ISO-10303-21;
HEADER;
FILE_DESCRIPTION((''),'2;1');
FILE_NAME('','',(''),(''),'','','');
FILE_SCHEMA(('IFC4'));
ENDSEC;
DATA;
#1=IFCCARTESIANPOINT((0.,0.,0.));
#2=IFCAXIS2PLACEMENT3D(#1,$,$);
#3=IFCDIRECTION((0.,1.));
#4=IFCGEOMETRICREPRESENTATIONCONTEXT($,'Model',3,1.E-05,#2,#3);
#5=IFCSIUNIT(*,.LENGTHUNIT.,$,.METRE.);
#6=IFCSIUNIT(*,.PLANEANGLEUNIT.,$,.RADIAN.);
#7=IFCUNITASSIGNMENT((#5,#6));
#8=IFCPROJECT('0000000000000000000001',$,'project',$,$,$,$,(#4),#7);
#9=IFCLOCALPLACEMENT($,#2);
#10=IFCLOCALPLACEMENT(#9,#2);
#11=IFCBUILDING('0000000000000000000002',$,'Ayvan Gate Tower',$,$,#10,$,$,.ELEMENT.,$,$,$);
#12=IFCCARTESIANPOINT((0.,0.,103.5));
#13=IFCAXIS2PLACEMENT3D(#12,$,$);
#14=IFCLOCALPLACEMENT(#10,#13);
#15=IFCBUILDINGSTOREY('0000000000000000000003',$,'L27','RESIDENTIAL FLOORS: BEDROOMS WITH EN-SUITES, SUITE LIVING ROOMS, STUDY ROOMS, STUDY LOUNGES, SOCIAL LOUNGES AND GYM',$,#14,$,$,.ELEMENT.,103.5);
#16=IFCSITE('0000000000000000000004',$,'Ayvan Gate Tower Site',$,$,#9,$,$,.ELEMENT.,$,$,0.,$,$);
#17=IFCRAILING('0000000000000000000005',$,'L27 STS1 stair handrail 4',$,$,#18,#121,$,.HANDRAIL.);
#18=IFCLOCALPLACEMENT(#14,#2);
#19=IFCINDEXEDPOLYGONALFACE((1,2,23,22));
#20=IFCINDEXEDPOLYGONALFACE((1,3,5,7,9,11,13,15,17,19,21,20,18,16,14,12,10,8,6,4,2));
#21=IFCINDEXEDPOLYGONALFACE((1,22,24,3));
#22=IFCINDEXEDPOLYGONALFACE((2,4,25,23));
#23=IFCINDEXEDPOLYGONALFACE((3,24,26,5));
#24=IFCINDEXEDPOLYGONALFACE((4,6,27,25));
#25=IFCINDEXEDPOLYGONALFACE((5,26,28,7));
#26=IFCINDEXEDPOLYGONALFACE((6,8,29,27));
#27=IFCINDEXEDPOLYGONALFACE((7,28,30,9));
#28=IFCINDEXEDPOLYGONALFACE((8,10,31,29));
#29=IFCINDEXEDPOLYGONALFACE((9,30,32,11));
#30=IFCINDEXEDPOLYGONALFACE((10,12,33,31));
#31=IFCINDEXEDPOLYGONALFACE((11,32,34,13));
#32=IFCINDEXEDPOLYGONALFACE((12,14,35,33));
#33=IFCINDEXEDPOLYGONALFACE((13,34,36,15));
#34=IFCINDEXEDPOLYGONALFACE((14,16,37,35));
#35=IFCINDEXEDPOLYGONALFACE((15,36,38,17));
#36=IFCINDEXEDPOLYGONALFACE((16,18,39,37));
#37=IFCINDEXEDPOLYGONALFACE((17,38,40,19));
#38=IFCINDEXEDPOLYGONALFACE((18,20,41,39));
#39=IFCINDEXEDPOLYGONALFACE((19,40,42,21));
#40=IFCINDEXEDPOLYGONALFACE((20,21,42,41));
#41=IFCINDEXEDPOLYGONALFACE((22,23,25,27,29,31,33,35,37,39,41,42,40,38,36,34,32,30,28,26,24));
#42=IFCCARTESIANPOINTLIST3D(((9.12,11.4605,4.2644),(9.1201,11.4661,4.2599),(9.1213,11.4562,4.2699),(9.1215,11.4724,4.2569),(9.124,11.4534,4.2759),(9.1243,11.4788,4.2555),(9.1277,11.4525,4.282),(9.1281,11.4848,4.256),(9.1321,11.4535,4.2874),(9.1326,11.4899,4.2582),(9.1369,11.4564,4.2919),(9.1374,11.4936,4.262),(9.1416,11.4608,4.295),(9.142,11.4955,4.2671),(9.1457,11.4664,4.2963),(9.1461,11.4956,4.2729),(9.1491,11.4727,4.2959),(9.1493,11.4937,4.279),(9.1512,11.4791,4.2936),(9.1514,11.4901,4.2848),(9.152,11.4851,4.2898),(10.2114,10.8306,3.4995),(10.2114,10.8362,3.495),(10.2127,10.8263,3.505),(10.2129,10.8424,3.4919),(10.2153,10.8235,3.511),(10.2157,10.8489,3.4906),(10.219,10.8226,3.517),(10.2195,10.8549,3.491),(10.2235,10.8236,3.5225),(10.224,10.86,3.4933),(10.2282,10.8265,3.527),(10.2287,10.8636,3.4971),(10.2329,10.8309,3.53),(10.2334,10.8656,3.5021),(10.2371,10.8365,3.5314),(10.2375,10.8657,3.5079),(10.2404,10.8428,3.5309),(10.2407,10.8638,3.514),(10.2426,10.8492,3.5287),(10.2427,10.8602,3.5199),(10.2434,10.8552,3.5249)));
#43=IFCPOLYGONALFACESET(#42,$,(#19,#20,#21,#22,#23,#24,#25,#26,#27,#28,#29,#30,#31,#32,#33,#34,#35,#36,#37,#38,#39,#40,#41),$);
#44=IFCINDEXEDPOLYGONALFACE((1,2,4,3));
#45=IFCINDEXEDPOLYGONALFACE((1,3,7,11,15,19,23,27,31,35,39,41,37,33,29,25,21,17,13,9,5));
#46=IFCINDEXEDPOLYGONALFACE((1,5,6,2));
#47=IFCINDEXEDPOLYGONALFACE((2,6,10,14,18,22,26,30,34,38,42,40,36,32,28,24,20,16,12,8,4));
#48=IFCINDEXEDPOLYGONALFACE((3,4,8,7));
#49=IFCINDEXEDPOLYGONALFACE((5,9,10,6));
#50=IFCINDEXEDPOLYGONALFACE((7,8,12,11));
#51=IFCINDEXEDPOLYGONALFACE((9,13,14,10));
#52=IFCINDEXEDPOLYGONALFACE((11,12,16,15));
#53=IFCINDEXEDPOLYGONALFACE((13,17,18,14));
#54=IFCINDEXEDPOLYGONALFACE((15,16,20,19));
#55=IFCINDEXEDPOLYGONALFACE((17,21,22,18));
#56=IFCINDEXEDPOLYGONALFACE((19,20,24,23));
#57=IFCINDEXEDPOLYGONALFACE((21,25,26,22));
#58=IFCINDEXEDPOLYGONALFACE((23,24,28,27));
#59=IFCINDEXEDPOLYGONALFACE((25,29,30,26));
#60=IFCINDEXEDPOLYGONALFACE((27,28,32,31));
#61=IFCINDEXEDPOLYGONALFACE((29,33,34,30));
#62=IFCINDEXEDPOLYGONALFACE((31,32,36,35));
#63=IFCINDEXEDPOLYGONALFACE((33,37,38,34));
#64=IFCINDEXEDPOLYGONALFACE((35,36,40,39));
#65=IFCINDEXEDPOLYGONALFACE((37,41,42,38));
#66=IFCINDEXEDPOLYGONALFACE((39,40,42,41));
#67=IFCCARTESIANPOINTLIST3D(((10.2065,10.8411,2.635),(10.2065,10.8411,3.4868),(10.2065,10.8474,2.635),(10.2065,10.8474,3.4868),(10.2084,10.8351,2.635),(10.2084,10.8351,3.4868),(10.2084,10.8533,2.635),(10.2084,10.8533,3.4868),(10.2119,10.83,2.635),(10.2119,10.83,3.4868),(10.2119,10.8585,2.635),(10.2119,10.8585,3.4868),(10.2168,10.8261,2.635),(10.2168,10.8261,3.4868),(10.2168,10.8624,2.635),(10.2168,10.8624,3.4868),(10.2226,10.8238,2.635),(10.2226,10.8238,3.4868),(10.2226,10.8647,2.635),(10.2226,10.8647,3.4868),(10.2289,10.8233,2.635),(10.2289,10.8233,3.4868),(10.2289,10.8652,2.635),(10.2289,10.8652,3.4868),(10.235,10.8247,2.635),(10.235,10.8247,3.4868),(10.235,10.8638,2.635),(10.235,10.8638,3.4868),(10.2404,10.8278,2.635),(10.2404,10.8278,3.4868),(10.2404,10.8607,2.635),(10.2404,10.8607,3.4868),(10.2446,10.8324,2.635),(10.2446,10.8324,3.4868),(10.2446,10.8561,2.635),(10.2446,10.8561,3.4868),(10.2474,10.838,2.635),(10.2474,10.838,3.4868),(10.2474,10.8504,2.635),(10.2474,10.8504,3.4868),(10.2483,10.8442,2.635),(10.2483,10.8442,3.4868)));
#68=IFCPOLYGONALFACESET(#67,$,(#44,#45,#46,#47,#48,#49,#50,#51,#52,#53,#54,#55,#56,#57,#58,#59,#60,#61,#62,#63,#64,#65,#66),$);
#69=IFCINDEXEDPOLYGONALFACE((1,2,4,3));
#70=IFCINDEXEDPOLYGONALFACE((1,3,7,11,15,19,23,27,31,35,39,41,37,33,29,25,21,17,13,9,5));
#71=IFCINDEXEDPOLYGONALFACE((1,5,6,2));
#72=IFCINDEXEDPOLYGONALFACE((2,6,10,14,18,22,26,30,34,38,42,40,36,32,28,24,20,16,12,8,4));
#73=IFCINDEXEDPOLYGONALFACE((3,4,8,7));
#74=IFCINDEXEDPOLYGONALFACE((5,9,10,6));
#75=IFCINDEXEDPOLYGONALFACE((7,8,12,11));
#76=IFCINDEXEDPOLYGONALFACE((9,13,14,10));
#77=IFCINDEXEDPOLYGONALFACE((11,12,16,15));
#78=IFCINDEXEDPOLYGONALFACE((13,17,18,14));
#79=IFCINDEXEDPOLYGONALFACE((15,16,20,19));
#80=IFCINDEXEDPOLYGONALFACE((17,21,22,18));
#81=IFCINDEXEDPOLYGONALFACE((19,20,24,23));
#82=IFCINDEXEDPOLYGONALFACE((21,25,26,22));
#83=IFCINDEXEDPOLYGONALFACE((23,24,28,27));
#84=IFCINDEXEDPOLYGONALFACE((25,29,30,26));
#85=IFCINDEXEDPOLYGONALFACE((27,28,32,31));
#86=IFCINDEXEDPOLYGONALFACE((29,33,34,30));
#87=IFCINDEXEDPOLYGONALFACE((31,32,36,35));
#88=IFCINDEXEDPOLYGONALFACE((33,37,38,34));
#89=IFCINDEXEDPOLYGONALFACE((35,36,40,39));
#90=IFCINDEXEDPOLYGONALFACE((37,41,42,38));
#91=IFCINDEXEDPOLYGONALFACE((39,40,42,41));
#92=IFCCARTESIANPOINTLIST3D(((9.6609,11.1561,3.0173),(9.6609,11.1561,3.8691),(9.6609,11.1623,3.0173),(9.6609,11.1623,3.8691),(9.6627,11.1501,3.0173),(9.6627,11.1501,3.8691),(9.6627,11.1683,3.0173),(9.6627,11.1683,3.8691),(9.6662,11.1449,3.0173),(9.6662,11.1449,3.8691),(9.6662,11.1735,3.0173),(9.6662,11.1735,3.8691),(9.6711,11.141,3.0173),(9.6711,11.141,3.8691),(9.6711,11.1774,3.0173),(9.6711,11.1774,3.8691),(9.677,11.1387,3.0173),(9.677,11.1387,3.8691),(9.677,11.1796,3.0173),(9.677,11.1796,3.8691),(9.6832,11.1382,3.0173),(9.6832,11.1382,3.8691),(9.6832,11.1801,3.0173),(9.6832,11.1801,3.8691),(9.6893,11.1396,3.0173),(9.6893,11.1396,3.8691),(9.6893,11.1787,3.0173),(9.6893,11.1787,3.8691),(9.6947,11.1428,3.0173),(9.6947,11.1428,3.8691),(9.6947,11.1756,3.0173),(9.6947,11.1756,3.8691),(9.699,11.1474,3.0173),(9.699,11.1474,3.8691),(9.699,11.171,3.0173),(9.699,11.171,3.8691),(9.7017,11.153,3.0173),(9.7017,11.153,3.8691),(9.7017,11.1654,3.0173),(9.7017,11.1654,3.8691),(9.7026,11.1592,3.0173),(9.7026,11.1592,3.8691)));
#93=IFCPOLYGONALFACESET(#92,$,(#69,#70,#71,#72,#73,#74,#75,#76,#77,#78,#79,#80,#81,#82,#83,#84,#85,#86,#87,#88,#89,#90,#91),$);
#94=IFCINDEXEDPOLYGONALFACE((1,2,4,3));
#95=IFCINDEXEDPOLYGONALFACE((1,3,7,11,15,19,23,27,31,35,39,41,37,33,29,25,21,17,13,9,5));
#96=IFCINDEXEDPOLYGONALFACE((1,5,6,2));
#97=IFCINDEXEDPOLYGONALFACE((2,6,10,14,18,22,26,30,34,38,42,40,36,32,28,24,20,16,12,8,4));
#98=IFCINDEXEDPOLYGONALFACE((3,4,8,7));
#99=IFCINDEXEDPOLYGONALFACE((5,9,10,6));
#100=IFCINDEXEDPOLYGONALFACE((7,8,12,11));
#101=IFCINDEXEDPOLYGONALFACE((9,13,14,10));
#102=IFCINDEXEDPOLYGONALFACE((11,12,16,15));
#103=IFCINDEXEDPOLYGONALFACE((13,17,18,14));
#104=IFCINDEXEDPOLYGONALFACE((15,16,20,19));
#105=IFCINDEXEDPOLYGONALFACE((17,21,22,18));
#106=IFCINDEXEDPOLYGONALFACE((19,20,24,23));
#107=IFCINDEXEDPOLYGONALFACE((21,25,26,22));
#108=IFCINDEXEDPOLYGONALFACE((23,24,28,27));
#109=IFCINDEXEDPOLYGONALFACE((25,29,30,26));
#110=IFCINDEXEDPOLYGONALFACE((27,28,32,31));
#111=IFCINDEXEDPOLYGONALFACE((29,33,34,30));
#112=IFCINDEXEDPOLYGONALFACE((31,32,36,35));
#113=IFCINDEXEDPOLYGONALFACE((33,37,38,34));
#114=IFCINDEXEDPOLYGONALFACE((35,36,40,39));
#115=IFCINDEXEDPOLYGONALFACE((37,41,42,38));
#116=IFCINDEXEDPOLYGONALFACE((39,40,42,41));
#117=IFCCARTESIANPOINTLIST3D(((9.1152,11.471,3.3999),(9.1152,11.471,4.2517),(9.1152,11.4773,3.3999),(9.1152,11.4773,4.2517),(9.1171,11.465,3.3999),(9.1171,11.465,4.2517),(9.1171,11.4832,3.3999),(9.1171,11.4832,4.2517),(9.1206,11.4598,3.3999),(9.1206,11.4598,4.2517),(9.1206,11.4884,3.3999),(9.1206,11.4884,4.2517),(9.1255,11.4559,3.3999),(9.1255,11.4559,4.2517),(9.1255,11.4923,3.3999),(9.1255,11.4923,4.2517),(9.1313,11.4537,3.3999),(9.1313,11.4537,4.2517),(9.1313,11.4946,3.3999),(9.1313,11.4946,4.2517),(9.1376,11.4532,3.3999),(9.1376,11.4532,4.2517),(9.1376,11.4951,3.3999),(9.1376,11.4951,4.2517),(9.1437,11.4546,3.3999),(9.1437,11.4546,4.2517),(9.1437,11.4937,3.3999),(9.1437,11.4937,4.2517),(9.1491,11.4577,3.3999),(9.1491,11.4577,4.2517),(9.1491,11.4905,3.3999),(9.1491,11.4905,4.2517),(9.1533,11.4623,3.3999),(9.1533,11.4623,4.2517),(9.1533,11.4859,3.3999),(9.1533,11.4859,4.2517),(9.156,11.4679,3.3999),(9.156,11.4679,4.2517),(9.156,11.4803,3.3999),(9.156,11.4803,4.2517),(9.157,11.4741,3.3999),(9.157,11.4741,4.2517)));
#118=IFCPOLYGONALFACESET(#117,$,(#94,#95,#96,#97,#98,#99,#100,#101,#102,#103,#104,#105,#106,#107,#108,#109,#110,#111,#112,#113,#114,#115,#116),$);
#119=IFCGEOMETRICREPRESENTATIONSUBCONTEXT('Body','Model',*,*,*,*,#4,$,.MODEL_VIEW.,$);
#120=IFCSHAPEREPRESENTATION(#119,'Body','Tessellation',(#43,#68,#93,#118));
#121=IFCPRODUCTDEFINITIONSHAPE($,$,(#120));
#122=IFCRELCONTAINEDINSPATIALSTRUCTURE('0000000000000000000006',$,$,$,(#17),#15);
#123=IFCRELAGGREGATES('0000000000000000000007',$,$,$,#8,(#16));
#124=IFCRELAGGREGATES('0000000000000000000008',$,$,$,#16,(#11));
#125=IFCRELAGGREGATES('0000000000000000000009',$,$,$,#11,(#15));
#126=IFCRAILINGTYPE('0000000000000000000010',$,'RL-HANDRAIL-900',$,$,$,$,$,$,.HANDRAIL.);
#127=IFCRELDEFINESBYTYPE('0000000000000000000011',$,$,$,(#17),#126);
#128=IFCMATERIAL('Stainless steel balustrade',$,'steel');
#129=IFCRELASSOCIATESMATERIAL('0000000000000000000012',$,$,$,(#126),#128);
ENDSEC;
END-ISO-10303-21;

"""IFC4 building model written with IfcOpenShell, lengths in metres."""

from ifc_helpers import new_model, si_unit, direction, frame, origin, origin_2d, place, context, subcontext, project, spatial, circle, extrude, material, type_object, element, save


model = new_model("IFC4")

# Units and contexts
model_context = context("Model", 3, precision=1e-05, world=origin(), true_north=direction((0.0, 1.0)))
body_context = subcontext(model_context, "Body", "Model", "MODEL_VIEW")
ifc_project = project(units=[si_unit("LENGTHUNIT", "METRE"), si_unit("PLANEANGLEUNIT", "RADIAN")], contexts=[model_context])

# Site, building, storey
site_placement = place(None, origin())
site = spatial("IfcSite", under=ifc_project, at=site_placement, Name="Ayvan Gate Tower Site", CompositionType="ELEMENT", RefElevation=0.0)
building_placement = place(site_placement, origin())
building = spatial("IfcBuilding", under=site, at=building_placement, Name="Ayvan Gate Tower", CompositionType="ELEMENT")
storey_placement = place(building_placement, frame((0.0, 0.0, 103.5)))
storey = spatial("IfcBuildingStorey", under=building, at=storey_placement, Name="L27", Description="RESIDENTIAL FLOORS: BEDROOMS WITH EN-SUITES, SUITE LIVING ROOMS, STUDY ROOMS, STUDY LOUNGES, SOCIAL LOUNGES AND GYM", CompositionType="ELEMENT", Elevation=103.5)

# Railing
ifc_material_1 = material(Name="Stainless steel balustrade", Category="steel")
railing_type_1 = type_object("IfcRailingType", Name="RL-HANDRAIL-900", PredefinedType="HANDRAIL", material=ifc_material_1)
railing_1_placement = place(storey_placement, frame((10.2273, 10.8442, 2.635)))
element("IfcRailing", 1, at=railing_1_placement, inside=storey, type_object=railing_type_1, Name="L27 STS1 stair handrail 4", PredefinedType="HANDRAIL", context=body_context, shape_type="SweptSolid", body=[
    extrude(circle(Radius=0.0239, at=origin_2d()), frame((0.0, 0.0, 0.876), z_axis=(-0.740357, 0.42732, 0.518912), x_axis=(-0.49989, -0.866089, 0.0)), (0.0, 0.0, 1.0), 1.4741),
    extrude(circle(Radius=0.021, at=origin_2d()), origin(), (0.0, 0.0, 1.0), 0.8518),
    extrude(circle(Radius=0.021, at=origin_2d()), frame((-0.5457, 0.3149, 0.3823)), (0.0, 0.0, 1.0), 0.8518),
    extrude(circle(Radius=0.021, at=origin_2d()), frame((-1.0913, 0.6299, 0.7649)), (0.0, 0.0, 1.0), 0.8518),
])

save(model, "model.ifc")
